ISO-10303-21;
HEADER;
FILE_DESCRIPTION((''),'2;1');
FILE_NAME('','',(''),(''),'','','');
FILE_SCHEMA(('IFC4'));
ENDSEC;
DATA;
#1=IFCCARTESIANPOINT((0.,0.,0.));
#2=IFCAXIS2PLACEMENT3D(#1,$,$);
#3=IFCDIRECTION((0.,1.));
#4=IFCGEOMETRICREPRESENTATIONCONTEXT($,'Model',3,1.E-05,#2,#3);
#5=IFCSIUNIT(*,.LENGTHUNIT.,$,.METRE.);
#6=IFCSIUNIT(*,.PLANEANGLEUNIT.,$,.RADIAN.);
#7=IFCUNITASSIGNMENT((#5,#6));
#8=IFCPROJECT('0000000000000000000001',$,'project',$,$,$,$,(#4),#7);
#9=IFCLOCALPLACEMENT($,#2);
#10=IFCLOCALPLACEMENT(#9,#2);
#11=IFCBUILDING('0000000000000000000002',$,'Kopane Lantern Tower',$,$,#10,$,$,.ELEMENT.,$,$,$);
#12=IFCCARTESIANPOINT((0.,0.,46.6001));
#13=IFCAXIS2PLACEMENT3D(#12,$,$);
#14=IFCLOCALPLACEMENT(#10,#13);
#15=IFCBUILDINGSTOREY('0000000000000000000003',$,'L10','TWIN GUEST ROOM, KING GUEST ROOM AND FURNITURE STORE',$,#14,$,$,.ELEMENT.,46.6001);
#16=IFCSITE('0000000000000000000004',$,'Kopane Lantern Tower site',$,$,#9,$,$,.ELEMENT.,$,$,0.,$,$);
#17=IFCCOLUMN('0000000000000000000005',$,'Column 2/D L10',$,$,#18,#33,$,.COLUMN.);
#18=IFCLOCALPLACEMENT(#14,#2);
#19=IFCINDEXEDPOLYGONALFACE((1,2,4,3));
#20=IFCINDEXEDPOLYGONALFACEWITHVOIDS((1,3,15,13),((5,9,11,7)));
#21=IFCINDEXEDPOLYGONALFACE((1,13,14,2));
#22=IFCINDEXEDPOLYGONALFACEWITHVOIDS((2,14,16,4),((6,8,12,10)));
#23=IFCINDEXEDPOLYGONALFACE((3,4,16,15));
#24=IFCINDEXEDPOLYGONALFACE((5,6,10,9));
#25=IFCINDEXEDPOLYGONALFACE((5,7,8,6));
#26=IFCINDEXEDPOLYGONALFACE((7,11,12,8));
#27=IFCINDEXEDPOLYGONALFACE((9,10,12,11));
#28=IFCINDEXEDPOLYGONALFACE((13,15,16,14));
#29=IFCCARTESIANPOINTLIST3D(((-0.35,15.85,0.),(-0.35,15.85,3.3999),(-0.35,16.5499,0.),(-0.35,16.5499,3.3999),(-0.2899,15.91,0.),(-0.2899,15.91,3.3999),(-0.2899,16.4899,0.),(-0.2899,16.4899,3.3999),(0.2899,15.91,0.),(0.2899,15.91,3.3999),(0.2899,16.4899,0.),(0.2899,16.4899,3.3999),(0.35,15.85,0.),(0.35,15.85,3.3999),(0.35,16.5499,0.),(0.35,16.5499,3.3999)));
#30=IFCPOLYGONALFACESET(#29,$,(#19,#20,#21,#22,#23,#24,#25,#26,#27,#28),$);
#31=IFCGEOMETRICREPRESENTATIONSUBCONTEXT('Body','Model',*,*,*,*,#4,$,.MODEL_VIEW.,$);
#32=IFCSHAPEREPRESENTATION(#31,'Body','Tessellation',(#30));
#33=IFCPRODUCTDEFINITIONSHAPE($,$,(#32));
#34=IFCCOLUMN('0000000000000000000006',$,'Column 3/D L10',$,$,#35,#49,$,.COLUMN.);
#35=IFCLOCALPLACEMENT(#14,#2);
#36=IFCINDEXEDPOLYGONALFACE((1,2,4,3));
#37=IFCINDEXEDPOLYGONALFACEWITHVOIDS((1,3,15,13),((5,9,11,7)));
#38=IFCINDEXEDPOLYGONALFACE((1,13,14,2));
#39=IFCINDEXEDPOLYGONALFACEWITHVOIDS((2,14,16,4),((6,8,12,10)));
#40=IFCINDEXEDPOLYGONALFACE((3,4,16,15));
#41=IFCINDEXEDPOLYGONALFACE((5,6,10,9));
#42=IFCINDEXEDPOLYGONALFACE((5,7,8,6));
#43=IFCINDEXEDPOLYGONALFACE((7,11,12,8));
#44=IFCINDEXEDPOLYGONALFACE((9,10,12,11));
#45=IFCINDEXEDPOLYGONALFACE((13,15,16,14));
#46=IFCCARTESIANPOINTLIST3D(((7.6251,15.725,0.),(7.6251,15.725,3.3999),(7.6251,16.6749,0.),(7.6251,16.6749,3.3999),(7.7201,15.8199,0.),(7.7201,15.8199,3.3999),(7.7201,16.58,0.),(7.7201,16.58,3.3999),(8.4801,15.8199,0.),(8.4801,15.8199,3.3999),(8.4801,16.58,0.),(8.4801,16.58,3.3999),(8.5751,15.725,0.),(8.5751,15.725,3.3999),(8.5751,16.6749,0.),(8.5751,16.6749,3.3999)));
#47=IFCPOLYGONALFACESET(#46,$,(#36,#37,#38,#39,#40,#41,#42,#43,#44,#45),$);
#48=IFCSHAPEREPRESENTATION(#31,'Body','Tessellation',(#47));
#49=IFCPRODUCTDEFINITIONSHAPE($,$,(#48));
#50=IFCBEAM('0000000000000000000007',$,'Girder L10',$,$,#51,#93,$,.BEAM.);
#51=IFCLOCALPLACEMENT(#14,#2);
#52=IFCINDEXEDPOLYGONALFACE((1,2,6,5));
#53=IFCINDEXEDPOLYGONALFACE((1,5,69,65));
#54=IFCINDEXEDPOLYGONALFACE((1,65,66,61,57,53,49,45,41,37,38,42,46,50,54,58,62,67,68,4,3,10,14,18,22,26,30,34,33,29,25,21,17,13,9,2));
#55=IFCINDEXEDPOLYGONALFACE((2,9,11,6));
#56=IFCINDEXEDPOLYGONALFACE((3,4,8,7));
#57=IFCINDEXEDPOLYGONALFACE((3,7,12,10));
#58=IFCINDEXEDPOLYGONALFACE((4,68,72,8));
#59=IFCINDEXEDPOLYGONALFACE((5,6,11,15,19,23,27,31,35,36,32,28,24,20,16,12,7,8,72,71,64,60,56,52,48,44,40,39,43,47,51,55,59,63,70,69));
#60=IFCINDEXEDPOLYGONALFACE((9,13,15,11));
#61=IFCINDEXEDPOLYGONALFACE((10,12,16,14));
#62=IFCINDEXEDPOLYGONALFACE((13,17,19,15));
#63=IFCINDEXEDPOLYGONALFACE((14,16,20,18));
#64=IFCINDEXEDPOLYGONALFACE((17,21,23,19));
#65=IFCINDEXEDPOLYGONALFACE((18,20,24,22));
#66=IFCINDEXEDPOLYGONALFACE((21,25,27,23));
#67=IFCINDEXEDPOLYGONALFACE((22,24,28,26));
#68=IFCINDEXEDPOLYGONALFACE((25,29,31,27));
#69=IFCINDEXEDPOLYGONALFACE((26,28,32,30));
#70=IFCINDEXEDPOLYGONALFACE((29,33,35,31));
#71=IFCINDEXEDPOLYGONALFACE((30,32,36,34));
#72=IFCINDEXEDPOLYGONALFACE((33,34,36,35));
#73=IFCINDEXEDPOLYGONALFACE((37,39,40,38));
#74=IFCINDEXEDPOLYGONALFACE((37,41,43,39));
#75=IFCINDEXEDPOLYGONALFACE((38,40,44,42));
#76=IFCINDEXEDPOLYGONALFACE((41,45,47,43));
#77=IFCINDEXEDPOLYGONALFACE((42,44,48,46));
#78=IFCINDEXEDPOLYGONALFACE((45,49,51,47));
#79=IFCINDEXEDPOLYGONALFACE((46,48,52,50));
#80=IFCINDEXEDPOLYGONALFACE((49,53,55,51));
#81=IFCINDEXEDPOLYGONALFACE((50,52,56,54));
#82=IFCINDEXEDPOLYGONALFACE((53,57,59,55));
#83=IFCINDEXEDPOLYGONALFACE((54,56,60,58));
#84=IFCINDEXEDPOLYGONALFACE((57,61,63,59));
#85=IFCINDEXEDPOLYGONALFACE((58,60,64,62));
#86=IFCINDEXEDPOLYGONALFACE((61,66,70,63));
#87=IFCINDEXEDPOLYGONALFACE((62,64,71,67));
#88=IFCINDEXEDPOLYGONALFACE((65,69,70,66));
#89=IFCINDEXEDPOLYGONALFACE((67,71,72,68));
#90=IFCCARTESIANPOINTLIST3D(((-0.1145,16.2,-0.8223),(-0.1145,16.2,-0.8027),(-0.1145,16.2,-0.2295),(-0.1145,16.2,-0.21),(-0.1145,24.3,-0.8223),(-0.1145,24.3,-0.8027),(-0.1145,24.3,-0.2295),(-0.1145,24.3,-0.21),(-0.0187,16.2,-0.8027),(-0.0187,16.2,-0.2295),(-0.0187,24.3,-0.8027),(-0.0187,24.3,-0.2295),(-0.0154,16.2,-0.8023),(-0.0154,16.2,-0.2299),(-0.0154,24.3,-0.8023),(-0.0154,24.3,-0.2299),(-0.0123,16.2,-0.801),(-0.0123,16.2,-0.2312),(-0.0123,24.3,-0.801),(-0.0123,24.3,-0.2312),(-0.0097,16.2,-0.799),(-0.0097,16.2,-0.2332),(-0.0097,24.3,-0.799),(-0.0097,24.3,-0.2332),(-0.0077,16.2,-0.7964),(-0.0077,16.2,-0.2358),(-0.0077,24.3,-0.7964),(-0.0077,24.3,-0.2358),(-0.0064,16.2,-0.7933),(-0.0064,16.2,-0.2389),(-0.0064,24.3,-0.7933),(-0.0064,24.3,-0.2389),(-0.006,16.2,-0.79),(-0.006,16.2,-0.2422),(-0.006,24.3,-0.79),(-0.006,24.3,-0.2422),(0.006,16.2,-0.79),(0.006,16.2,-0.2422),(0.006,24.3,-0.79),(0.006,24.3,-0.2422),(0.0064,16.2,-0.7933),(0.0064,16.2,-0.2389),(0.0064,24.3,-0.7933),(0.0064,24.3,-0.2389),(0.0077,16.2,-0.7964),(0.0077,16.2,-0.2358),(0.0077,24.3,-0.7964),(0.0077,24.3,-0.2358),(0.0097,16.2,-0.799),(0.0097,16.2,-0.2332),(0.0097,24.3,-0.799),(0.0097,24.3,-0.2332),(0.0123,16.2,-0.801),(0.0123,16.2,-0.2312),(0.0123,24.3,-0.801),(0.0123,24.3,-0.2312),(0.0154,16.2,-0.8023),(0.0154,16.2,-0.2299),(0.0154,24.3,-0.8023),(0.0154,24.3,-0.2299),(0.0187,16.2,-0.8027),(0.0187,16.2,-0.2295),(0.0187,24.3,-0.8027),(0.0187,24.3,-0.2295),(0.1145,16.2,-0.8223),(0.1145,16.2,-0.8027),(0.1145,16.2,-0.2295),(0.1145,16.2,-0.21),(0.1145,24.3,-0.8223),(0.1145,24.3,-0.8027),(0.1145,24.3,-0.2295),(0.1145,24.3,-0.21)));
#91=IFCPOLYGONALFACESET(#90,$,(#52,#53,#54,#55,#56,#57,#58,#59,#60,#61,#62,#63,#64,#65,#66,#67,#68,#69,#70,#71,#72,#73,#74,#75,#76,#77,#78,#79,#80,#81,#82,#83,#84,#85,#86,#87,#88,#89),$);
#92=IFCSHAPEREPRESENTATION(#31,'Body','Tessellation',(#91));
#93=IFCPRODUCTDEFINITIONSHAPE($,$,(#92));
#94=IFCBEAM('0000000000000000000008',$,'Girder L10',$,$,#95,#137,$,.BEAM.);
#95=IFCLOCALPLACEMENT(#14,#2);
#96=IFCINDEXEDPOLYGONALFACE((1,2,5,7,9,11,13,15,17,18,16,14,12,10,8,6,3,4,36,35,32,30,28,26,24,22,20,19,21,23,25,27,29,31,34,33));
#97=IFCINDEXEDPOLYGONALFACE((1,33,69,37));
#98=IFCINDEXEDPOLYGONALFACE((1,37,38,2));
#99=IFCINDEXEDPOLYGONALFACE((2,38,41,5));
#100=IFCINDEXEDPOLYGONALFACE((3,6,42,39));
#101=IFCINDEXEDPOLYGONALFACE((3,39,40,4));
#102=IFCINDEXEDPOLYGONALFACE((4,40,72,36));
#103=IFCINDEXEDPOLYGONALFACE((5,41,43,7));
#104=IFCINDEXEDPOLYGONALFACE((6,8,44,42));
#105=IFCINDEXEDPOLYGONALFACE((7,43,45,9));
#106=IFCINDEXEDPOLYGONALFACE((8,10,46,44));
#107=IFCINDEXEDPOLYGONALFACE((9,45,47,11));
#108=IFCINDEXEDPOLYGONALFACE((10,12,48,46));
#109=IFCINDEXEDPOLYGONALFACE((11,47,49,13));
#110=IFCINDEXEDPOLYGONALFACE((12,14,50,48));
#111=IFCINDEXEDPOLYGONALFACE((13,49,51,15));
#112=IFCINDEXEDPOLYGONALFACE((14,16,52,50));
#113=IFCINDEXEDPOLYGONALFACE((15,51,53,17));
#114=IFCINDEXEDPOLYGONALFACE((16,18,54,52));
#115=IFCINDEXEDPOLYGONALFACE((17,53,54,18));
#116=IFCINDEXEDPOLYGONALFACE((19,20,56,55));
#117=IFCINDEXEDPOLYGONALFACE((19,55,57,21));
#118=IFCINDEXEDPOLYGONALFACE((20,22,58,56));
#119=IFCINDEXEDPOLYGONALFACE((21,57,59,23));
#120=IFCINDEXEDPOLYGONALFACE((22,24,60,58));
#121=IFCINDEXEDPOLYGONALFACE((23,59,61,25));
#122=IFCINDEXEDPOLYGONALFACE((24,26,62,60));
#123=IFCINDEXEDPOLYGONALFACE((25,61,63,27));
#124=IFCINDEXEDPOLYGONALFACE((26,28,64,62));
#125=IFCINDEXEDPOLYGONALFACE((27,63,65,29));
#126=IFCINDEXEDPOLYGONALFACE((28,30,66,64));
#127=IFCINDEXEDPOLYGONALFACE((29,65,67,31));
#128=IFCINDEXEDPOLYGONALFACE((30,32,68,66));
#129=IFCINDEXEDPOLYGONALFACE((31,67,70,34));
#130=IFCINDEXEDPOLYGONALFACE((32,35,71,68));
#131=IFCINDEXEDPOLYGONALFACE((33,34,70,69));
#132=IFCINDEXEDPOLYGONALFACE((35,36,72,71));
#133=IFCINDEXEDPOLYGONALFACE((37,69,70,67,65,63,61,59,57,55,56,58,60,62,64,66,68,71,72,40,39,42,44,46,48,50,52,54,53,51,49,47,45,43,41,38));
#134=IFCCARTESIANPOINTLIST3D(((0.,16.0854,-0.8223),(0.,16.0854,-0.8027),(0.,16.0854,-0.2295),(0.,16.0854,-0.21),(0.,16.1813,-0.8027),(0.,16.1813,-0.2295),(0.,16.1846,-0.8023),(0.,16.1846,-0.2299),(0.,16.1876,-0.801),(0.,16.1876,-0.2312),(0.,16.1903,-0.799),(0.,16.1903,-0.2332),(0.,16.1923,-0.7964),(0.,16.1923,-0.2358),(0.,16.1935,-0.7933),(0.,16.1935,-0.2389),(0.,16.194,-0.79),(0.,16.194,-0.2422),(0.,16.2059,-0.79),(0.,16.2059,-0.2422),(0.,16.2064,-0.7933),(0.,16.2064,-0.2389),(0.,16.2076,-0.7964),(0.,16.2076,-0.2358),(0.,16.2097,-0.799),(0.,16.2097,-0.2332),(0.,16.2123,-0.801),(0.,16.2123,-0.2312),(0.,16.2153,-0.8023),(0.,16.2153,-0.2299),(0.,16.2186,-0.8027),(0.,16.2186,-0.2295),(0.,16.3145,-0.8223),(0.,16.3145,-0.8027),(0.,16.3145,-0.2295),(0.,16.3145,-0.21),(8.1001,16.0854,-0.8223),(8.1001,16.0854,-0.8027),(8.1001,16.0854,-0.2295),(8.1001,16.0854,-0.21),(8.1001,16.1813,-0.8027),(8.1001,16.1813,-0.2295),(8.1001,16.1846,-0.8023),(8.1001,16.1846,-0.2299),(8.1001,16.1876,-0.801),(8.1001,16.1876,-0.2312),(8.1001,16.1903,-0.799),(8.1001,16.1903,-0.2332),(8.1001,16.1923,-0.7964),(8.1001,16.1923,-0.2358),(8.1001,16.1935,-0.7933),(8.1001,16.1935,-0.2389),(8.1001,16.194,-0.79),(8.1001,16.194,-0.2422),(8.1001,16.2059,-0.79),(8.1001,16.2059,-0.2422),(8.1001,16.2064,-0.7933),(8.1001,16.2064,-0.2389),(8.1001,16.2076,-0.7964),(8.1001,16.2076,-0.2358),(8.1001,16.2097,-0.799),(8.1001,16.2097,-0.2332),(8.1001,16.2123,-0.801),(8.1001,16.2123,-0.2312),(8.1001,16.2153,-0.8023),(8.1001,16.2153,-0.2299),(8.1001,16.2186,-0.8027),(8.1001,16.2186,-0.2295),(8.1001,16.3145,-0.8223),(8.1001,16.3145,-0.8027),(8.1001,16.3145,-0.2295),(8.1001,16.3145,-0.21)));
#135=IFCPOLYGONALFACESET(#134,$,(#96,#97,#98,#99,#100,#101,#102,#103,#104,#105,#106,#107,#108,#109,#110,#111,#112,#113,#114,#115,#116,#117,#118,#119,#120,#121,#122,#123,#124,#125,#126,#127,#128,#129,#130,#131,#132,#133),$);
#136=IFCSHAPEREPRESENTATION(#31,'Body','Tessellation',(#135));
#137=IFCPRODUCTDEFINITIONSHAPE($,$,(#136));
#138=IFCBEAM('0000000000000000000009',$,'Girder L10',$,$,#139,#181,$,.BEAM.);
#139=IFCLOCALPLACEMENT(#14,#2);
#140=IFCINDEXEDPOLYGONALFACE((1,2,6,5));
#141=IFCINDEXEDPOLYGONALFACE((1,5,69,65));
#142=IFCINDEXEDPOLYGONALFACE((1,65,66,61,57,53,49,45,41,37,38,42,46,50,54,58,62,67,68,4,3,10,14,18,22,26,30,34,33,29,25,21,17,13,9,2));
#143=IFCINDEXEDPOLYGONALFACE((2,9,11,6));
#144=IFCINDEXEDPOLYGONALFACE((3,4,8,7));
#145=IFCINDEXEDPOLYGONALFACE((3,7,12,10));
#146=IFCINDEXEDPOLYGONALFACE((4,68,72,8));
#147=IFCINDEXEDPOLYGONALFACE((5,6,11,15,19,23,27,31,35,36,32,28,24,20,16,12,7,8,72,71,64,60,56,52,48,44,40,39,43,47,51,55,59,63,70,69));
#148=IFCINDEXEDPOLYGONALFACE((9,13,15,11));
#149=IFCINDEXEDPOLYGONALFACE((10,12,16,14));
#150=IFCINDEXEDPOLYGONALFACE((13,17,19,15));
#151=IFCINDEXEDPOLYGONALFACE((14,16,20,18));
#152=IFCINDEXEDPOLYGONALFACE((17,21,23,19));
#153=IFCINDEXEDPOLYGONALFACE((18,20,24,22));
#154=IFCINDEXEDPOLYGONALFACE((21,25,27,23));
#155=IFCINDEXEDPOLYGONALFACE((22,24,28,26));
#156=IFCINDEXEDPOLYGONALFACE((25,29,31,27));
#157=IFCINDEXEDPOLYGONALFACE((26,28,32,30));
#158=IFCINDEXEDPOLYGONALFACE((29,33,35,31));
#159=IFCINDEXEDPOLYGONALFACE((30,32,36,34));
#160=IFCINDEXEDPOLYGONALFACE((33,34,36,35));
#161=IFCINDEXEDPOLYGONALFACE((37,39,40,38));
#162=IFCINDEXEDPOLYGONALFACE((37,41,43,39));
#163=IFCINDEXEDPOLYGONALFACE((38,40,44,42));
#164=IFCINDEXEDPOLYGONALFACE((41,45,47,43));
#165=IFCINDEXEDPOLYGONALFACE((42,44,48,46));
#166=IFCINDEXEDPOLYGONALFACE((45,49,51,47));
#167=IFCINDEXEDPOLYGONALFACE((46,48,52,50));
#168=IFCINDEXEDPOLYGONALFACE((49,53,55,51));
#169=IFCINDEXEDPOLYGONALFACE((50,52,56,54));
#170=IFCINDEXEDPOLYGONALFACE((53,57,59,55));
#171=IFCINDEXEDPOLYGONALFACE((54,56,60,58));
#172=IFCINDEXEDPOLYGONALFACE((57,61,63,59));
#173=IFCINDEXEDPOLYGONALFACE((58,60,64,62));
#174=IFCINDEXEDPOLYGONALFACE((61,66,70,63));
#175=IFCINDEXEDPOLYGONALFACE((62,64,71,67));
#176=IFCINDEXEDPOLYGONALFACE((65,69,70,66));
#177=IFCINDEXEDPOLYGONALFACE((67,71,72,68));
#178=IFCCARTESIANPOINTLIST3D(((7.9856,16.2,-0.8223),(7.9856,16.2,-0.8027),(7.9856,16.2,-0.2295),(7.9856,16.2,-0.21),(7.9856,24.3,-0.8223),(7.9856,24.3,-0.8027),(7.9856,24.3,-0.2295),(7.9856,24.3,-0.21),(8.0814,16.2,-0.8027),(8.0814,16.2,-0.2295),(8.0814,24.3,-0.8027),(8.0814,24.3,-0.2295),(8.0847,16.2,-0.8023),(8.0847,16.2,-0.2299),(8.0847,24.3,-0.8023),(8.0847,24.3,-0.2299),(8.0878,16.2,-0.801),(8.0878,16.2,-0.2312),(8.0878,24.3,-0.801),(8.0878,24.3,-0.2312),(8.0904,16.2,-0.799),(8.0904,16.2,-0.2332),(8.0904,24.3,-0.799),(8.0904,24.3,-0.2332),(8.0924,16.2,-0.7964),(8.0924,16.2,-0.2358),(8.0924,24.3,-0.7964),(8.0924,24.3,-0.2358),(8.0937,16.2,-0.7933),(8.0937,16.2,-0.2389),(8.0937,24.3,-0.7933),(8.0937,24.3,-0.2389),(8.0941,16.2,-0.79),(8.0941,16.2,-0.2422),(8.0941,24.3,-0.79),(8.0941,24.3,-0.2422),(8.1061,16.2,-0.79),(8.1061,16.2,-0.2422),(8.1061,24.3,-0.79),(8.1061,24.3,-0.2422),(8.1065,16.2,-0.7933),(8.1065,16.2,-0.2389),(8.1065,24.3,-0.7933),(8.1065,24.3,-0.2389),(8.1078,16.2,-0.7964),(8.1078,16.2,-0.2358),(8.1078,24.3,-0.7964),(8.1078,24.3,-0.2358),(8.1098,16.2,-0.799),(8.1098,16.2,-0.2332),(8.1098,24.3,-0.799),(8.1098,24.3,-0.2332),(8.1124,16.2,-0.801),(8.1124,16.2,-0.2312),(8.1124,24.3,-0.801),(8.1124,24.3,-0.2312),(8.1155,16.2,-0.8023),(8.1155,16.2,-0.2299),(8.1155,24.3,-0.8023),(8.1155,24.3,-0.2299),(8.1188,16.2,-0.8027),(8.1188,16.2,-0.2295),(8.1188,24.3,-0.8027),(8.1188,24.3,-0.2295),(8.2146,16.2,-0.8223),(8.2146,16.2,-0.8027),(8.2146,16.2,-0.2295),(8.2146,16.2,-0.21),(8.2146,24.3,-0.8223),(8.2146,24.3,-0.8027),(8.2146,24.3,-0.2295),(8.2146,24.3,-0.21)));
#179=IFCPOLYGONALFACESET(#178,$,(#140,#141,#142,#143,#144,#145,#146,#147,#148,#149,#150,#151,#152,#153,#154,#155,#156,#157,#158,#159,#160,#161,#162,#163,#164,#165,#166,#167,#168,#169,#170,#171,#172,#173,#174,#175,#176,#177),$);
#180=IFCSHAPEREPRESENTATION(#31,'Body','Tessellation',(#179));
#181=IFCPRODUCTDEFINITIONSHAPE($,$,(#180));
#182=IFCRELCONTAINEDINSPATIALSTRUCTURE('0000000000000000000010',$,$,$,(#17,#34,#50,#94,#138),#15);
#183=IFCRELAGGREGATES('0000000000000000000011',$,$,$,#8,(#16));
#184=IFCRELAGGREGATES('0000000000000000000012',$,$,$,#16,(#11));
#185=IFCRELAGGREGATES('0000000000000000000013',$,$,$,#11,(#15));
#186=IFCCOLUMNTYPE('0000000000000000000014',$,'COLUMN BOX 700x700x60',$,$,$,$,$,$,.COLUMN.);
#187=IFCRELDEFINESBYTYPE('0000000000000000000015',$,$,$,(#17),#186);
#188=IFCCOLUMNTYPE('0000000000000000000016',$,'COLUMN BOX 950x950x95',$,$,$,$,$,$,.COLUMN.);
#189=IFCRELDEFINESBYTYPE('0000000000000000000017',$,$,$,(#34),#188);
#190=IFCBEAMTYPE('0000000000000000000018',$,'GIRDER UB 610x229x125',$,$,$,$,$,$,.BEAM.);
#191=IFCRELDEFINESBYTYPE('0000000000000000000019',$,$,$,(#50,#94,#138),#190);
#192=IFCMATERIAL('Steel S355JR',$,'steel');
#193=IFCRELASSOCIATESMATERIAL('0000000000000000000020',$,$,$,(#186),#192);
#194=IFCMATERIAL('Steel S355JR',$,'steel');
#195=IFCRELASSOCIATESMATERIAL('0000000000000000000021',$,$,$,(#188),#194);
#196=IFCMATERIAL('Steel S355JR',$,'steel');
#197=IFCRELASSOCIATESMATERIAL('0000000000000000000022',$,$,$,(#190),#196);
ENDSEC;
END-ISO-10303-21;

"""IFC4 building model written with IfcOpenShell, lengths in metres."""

from ifc_helpers import new_model, si_unit, direction, frame, origin, origin_2d, place, context, subcontext, project, spatial, hollow_rectangle, i_section, extrude, material, material_profile, profile_set, type_object, element, save


model = new_model("IFC4")

# Units and contexts
model_context = context("Model", 3, precision=1e-05, world=origin(), true_north=direction((0.0, 1.0)))
body_context = subcontext(model_context, "Body", "Model", "MODEL_VIEW")
ifc_project = project(units=[si_unit("LENGTHUNIT", "METRE"), si_unit("PLANEANGLEUNIT", "RADIAN")], contexts=[model_context])

# Site, building, storey
site_placement = place(None, origin())
site = spatial("IfcSite", under=ifc_project, at=site_placement, Name="Kopane Lantern Tower site", CompositionType="ELEMENT", RefElevation=0.0)
building_placement = place(site_placement, origin())
building = spatial("IfcBuilding", under=site, at=building_placement, Name="Kopane Lantern Tower", CompositionType="ELEMENT")
storey_placement = place(building_placement, frame((0.0, 0.0, 46.6001)))
storey = spatial("IfcBuildingStorey", under=building, at=storey_placement, Name="L10", Description="TWIN GUEST ROOM, KING GUEST ROOM AND FURNITURE STORE", CompositionType="ELEMENT", Elevation=46.6001)

# Columns
ifc_material_1 = material(Name="Steel S355JR", Category="steel")
ifc_material_profile_1 = material_profile(ifc_material_1, hollow_rectangle(XDim=0.7, YDim=0.7, WallThickness=0.0601, at=origin_2d()), Name="BOX 700x700x60")
ifc_profile_set_1 = profile_set([ifc_material_profile_1], Name="Steel S355JR")
column_type_1 = type_object("IfcColumnType", Name="COLUMN BOX 700x700x60", PredefinedType="COLUMN", material=ifc_profile_set_1)
column_1_placement = place(storey_placement, frame((0.0, 16.2, 0.0), z_axis=(0.0, 0.0, 1.0), x_axis=(1.0, 0.0, 0.0)))
element("IfcColumn", 1, at=column_1_placement, inside=storey, type_object=column_type_1, Name="Column 2/D L10", PredefinedType="COLUMN", context=body_context, shape_type="SweptSolid", body=[
    extrude(hollow_rectangle(XDim=0.7, YDim=0.7, WallThickness=0.0601, at=origin_2d()), origin(), (0.0, 0.0, 1.0), 3.3999),
])
ifc_material_2 = material(Name="Steel S355JR", Category="steel")
ifc_material_profile_2 = material_profile(ifc_material_2, hollow_rectangle(XDim=0.95, YDim=0.95, WallThickness=0.095, at=origin_2d()), Name="BOX 950x950x95")
ifc_profile_set_2 = profile_set([ifc_material_profile_2], Name="Steel S355JR")
column_type_2 = type_object("IfcColumnType", Name="COLUMN BOX 950x950x95", PredefinedType="COLUMN", material=ifc_profile_set_2)
column_2_placement = place(storey_placement, frame((8.1001, 16.2, 0.0), z_axis=(0.0, 0.0, 1.0), x_axis=(1.0, 0.0, 0.0)))
element("IfcColumn", 2, at=column_2_placement, inside=storey, type_object=column_type_2, Name="Column 3/D L10", PredefinedType="COLUMN", context=body_context, shape_type="SweptSolid", body=[
    extrude(hollow_rectangle(XDim=0.95, YDim=0.95, WallThickness=0.095, at=origin_2d()), origin(), (0.0, 0.0, 1.0), 3.3999),
])

# Beams
ifc_material_3 = material(Name="Steel S355JR", Category="steel")
ifc_material_profile_3 = material_profile(ifc_material_3, i_section(OverallWidth=0.229, OverallDepth=0.6123, WebThickness=0.012, FlangeThickness=0.0195, FilletRadius=0.0127, at=origin_2d()), Name="UB 610x229x125")
ifc_profile_set_3 = profile_set([ifc_material_profile_3], Name="Steel S355JR")
beam_type = type_object("IfcBeamType", Name="GIRDER UB 610x229x125", PredefinedType="BEAM", material=ifc_profile_set_3)
for number, where, z_axis, x_axis, name in (
    (3, (0.0, 16.2, -0.5161), (0.0, 1.0, 0.0), (-1.0, 0.0, 0.0), "Girder L10"),
    (4, (0.0, 16.2, -0.5161), (1.0, 0.0, 0.0), (0.0, 1.0, 0.0), "Girder L10"),
    (5, (8.1001, 16.2, -0.5161), (0.0, 1.0, 0.0), (-1.0, 0.0, 0.0), "Girder L10"),
):
    element("IfcBeam", number, at=place(storey_placement, frame(where, z_axis=z_axis, x_axis=x_axis)), inside=storey, type_object=beam_type, Name=name, PredefinedType="BEAM", context=body_context, shape_type="SweptSolid", body=[
        extrude(i_section(OverallWidth=0.229, OverallDepth=0.6123, WebThickness=0.012, FlangeThickness=0.0195, FilletRadius=0.0127, at=origin_2d()), origin(), (0.0, 0.0, 1.0), 8.1001),
    ])

save(model, "model.ifc")
